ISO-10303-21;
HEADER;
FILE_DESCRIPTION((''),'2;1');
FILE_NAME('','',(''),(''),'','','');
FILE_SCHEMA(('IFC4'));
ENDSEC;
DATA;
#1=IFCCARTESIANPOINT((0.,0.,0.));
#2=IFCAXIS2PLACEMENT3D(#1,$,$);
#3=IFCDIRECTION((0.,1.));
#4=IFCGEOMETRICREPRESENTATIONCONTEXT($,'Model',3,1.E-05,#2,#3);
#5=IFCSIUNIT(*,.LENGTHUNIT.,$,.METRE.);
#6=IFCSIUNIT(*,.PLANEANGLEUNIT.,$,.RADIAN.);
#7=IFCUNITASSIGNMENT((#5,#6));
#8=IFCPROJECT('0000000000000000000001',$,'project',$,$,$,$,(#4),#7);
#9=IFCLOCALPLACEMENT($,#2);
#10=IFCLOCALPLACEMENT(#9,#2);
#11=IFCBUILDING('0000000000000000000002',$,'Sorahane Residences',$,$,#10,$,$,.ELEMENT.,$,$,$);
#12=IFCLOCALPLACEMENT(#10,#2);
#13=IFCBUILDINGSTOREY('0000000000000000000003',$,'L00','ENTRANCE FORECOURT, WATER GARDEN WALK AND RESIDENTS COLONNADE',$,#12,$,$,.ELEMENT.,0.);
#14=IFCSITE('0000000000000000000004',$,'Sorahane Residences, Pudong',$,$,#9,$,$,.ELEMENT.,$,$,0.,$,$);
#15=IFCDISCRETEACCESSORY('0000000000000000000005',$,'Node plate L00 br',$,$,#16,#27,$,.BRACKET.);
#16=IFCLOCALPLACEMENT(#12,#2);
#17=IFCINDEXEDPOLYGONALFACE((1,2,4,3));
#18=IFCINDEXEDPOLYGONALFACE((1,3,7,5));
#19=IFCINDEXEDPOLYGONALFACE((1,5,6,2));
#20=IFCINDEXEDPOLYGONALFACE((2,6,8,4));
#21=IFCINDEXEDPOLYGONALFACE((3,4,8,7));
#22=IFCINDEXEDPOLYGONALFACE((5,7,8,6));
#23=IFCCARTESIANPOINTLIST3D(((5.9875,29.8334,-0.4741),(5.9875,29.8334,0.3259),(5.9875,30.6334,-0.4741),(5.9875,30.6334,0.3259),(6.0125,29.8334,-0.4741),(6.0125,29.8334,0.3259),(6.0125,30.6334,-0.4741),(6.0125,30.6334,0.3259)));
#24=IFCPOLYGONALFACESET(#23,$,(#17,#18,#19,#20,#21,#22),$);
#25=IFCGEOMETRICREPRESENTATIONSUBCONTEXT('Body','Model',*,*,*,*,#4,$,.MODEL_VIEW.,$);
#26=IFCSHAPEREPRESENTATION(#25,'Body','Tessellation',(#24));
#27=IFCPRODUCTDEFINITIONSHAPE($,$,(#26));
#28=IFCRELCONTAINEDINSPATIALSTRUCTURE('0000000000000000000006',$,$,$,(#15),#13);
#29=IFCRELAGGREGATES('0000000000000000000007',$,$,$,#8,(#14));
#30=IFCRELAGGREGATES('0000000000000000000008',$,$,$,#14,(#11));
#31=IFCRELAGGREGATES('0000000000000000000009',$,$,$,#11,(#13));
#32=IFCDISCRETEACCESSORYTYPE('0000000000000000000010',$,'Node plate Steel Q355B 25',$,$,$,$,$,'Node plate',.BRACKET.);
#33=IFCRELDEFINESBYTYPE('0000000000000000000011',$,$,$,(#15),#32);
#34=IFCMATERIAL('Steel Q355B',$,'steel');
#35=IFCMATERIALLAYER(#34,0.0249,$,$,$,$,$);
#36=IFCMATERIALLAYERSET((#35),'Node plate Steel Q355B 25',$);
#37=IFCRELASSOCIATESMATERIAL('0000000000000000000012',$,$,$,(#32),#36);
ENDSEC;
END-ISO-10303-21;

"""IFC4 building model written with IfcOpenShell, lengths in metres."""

from ifc_helpers import new_model, si_unit, direction, frame, origin, origin_2d, place, context, subcontext, project, spatial, rectangle, extrude, material, layer, layer_set, type_object, element, save


model = new_model("IFC4")

# Units and contexts
model_context = context("Model", 3, precision=1e-05, world=origin(), true_north=direction((0.0, 1.0)))
body_context = subcontext(model_context, "Body", "Model", "MODEL_VIEW")
ifc_project = project(units=[si_unit("LENGTHUNIT", "METRE"), si_unit("PLANEANGLEUNIT", "RADIAN")], contexts=[model_context])

# Site, building, storey
site_placement = place(None, origin())
site = spatial("IfcSite", under=ifc_project, at=site_placement, Name="Sorahane Residences, Pudong", CompositionType="ELEMENT", RefElevation=0.0)
building_placement = place(site_placement, origin())
building = spatial("IfcBuilding", under=site, at=building_placement, Name="Sorahane Residences", CompositionType="ELEMENT")
storey_placement = place(building_placement, origin())
storey = spatial("IfcBuildingStorey", under=building, at=storey_placement, Name="L00", Description="ENTRANCE FORECOURT, WATER GARDEN WALK AND RESIDENTS COLONNADE", CompositionType="ELEMENT", Elevation=0.0)

# Discrete accessory
ifc_material_1 = material(Name="Steel Q355B", Category="steel")
ifc_layer_1 = layer(ifc_material_1, 0.0249)
ifc_layer_set_1 = layer_set([ifc_layer_1], Name="Node plate Steel Q355B 25")
discrete_accessory_type = type_object("IfcDiscreteAccessoryType", Name="Node plate Steel Q355B 25", ElementType="Node plate", PredefinedType="BRACKET", material=ifc_layer_set_1)
discrete_accessory_placement = place(storey_placement, frame((6.0, 30.2334, -0.4741), z_axis=(0.0, 0.0, 1.0), x_axis=(0.0, 1.0, 0.0)))
element("IfcDiscreteAccessory", 1, at=discrete_accessory_placement, inside=storey, type_object=discrete_accessory_type, Name="Node plate L00 br", PredefinedType="BRACKET", context=body_context, shape_type="SweptSolid", body=[
    extrude(rectangle(XDim=0.8, YDim=0.0249, at=origin_2d()), origin(), (0.0, 0.0, 1.0), 0.8),
])

save(model, "model.ifc")
